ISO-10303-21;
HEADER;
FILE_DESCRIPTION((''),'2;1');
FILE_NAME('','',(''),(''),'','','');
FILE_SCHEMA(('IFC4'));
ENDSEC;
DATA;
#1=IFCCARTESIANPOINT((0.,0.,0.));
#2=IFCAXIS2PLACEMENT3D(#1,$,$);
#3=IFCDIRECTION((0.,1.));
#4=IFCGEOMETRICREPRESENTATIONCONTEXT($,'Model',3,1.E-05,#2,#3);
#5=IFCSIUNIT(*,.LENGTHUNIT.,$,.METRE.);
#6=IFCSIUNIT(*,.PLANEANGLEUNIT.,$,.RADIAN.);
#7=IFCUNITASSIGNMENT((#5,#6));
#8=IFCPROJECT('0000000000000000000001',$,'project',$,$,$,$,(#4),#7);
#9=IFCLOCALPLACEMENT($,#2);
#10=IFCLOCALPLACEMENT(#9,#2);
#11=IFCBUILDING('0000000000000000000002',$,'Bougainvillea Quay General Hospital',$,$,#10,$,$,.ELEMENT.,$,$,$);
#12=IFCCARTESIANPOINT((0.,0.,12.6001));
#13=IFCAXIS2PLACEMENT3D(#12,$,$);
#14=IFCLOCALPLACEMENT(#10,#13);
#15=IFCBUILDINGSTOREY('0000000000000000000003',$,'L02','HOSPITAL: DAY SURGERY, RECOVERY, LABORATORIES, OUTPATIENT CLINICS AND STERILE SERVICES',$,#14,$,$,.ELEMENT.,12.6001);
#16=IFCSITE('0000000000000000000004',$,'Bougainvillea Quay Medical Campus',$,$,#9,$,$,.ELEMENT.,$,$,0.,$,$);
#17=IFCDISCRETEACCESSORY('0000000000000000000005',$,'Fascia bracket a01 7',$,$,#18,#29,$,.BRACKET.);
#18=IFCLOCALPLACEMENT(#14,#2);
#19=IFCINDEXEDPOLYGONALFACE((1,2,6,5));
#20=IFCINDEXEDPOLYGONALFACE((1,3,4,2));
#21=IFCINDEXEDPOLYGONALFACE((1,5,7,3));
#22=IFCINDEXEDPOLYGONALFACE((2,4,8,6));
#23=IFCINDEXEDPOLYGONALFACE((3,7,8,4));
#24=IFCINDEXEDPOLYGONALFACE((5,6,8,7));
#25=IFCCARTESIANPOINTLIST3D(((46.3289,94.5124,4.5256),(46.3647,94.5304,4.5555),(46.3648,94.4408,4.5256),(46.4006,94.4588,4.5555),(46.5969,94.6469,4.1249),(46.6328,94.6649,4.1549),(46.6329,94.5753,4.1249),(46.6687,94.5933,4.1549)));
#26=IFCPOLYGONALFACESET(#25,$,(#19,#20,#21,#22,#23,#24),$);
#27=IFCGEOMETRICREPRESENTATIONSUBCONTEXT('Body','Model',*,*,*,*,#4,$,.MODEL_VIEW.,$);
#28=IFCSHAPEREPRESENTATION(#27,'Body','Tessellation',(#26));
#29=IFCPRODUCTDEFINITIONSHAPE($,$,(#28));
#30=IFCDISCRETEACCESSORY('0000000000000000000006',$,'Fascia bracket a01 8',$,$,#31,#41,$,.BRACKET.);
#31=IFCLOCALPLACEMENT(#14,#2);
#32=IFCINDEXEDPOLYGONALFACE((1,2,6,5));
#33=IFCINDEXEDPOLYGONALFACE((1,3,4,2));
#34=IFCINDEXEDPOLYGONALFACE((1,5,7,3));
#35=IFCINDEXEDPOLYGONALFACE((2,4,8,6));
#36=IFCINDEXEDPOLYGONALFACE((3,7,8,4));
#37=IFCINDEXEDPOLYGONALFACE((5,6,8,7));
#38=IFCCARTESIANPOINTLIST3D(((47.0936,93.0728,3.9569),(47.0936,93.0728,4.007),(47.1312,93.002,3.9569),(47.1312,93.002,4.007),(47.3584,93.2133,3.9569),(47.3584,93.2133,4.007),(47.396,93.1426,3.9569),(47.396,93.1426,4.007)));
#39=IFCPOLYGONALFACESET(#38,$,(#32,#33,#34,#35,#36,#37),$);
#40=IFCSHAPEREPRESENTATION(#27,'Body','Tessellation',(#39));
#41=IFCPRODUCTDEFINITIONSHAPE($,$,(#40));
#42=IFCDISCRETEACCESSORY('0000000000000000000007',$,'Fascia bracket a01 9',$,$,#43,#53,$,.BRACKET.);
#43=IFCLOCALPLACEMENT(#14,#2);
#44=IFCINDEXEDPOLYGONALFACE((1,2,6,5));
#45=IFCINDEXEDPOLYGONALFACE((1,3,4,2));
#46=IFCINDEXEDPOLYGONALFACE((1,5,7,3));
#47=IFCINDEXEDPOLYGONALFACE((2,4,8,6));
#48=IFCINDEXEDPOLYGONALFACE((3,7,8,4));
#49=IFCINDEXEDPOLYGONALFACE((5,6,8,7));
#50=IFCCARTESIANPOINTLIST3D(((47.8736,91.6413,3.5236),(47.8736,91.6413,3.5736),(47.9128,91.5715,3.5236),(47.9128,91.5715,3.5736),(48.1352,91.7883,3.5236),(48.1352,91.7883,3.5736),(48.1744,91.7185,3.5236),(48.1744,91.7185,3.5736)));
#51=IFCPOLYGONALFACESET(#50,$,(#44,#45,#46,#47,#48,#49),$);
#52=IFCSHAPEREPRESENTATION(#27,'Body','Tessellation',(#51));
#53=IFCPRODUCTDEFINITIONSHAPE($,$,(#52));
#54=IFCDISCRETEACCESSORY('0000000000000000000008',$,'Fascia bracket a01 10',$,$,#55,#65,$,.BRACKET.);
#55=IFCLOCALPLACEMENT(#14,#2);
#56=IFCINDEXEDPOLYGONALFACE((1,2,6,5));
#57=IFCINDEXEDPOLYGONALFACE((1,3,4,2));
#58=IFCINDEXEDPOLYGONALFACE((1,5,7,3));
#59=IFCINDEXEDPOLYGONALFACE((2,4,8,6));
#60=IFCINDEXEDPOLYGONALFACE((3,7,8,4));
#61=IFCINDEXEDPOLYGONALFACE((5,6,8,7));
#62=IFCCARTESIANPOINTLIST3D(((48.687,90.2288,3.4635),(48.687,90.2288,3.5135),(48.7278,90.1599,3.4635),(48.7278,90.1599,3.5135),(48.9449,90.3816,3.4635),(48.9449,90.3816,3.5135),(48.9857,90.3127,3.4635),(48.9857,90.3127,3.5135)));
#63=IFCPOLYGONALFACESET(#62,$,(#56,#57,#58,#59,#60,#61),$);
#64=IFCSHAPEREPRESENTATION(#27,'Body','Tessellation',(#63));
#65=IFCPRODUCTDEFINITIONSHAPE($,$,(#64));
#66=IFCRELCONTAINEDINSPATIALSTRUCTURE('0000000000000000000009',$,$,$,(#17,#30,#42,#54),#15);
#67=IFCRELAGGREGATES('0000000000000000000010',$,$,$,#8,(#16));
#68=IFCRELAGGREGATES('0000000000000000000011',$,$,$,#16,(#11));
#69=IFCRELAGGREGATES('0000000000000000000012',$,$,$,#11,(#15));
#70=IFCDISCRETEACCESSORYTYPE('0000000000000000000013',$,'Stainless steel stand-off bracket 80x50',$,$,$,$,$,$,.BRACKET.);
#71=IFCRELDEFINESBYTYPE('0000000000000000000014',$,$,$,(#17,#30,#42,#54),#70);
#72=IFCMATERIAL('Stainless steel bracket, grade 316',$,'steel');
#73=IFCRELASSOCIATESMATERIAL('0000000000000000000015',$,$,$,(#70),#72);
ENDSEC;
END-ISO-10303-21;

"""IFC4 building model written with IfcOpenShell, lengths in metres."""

from ifc_helpers import new_model, si_unit, direction, frame, origin, origin_2d, place, context, subcontext, project, spatial, rectangle, extrude, material, material_profile, profile_set, type_object, element, save


model = new_model("IFC4")

# Units and contexts
model_context = context("Model", 3, precision=1e-05, world=origin(), true_north=direction((0.0, 1.0)))
body_context = subcontext(model_context, "Body", "Model", "MODEL_VIEW")
ifc_project = project(units=[si_unit("LENGTHUNIT", "METRE"), si_unit("PLANEANGLEUNIT", "RADIAN")], contexts=[model_context])

# Site, building, storey
site_placement = place(None, origin())
site = spatial("IfcSite", under=ifc_project, at=site_placement, Name="Bougainvillea Quay Medical Campus", CompositionType="ELEMENT", RefElevation=0.0)
building_placement = place(site_placement, origin())
building = spatial("IfcBuilding", under=site, at=building_placement, Name="Bougainvillea Quay General Hospital", CompositionType="ELEMENT")
storey_placement = place(building_placement, frame((0.0, 0.0, 12.6001)))
storey = spatial("IfcBuildingStorey", under=building, at=storey_placement, Name="L02", Description="HOSPITAL: DAY SURGERY, RECOVERY, LABORATORIES, OUTPATIENT CLINICS AND STERILE SERVICES", CompositionType="ELEMENT", Elevation=12.6001)

# Discrete accessories
ifc_material_1 = material(Name="Stainless steel bracket, grade 316", Category="steel")
ifc_material_profile_1 = material_profile(ifc_material_1, rectangle(XDim=0.0801, YDim=0.05, at=origin_2d()))
ifc_profile_set_1 = profile_set([ifc_material_profile_1], Name="Stainless steel bracket, grade 316")
discrete_accessory_type = type_object("IfcDiscreteAccessoryType", Name="Stainless steel stand-off bracket 80x50", PredefinedType="BRACKET", material=ifc_profile_set_1)
discrete_accessory_1_placement = place(storey_placement, frame((46.6328, 94.6201, 4.1399), z_axis=(-0.535636, -0.268794, 0.800527), x_axis=(0.448516, -0.893775, 0.0)))
element("IfcDiscreteAccessory", 1, at=discrete_accessory_1_placement, inside=storey, type_object=discrete_accessory_type, Name="Fascia bracket a01 7", PredefinedType="BRACKET", context=body_context, shape_type="SweptSolid", body=[
    extrude(rectangle(XDim=0.0801, YDim=0.05, at=origin_2d()), origin(), (0.0, 0.0, 1.0), 0.5005),
])
discrete_accessory_2_placement = place(storey_placement, frame((47.3772, 93.178, 3.9819), z_axis=(-0.883253, -0.468897, 0.0), x_axis=(0.468897, -0.883253, 0.0)))
element("IfcDiscreteAccessory", 2, at=discrete_accessory_2_placement, inside=storey, type_object=discrete_accessory_type, Name="Fascia bracket a01 8", PredefinedType="BRACKET", context=body_context, shape_type="SweptSolid", body=[
    extrude(rectangle(XDim=0.0801, YDim=0.05, at=origin_2d()), origin(), (0.0, 0.0, 1.0), 0.2998),
])
discrete_accessory_3_placement = place(storey_placement, frame((48.1548, 91.7534, 3.5486), z_axis=(-0.871728, -0.489991, 0.0), x_axis=(0.489991, -0.871728, 0.0)))
element("IfcDiscreteAccessory", 3, at=discrete_accessory_3_placement, inside=storey, type_object=discrete_accessory_type, Name="Fascia bracket a01 9", PredefinedType="BRACKET", context=body_context, shape_type="SweptSolid", body=[
    extrude(rectangle(XDim=0.0801, YDim=0.05, at=origin_2d()), origin(), (0.0, 0.0, 1.0), 0.3),
])
discrete_accessory_4_placement = place(storey_placement, frame((48.9653, 90.3472, 3.4885), z_axis=(-0.860424, -0.509579, 0.0), x_axis=(0.509579, -0.860424, 0.0)))
element("IfcDiscreteAccessory", 4, at=discrete_accessory_4_placement, inside=storey, type_object=discrete_accessory_type, Name="Fascia bracket a01 10", PredefinedType="BRACKET", context=body_context, shape_type="SweptSolid", body=[
    extrude(rectangle(XDim=0.0801, YDim=0.05, at=origin_2d()), origin(), (0.0, 0.0, 1.0), 0.2998),
])

save(model, "model.ifc")
